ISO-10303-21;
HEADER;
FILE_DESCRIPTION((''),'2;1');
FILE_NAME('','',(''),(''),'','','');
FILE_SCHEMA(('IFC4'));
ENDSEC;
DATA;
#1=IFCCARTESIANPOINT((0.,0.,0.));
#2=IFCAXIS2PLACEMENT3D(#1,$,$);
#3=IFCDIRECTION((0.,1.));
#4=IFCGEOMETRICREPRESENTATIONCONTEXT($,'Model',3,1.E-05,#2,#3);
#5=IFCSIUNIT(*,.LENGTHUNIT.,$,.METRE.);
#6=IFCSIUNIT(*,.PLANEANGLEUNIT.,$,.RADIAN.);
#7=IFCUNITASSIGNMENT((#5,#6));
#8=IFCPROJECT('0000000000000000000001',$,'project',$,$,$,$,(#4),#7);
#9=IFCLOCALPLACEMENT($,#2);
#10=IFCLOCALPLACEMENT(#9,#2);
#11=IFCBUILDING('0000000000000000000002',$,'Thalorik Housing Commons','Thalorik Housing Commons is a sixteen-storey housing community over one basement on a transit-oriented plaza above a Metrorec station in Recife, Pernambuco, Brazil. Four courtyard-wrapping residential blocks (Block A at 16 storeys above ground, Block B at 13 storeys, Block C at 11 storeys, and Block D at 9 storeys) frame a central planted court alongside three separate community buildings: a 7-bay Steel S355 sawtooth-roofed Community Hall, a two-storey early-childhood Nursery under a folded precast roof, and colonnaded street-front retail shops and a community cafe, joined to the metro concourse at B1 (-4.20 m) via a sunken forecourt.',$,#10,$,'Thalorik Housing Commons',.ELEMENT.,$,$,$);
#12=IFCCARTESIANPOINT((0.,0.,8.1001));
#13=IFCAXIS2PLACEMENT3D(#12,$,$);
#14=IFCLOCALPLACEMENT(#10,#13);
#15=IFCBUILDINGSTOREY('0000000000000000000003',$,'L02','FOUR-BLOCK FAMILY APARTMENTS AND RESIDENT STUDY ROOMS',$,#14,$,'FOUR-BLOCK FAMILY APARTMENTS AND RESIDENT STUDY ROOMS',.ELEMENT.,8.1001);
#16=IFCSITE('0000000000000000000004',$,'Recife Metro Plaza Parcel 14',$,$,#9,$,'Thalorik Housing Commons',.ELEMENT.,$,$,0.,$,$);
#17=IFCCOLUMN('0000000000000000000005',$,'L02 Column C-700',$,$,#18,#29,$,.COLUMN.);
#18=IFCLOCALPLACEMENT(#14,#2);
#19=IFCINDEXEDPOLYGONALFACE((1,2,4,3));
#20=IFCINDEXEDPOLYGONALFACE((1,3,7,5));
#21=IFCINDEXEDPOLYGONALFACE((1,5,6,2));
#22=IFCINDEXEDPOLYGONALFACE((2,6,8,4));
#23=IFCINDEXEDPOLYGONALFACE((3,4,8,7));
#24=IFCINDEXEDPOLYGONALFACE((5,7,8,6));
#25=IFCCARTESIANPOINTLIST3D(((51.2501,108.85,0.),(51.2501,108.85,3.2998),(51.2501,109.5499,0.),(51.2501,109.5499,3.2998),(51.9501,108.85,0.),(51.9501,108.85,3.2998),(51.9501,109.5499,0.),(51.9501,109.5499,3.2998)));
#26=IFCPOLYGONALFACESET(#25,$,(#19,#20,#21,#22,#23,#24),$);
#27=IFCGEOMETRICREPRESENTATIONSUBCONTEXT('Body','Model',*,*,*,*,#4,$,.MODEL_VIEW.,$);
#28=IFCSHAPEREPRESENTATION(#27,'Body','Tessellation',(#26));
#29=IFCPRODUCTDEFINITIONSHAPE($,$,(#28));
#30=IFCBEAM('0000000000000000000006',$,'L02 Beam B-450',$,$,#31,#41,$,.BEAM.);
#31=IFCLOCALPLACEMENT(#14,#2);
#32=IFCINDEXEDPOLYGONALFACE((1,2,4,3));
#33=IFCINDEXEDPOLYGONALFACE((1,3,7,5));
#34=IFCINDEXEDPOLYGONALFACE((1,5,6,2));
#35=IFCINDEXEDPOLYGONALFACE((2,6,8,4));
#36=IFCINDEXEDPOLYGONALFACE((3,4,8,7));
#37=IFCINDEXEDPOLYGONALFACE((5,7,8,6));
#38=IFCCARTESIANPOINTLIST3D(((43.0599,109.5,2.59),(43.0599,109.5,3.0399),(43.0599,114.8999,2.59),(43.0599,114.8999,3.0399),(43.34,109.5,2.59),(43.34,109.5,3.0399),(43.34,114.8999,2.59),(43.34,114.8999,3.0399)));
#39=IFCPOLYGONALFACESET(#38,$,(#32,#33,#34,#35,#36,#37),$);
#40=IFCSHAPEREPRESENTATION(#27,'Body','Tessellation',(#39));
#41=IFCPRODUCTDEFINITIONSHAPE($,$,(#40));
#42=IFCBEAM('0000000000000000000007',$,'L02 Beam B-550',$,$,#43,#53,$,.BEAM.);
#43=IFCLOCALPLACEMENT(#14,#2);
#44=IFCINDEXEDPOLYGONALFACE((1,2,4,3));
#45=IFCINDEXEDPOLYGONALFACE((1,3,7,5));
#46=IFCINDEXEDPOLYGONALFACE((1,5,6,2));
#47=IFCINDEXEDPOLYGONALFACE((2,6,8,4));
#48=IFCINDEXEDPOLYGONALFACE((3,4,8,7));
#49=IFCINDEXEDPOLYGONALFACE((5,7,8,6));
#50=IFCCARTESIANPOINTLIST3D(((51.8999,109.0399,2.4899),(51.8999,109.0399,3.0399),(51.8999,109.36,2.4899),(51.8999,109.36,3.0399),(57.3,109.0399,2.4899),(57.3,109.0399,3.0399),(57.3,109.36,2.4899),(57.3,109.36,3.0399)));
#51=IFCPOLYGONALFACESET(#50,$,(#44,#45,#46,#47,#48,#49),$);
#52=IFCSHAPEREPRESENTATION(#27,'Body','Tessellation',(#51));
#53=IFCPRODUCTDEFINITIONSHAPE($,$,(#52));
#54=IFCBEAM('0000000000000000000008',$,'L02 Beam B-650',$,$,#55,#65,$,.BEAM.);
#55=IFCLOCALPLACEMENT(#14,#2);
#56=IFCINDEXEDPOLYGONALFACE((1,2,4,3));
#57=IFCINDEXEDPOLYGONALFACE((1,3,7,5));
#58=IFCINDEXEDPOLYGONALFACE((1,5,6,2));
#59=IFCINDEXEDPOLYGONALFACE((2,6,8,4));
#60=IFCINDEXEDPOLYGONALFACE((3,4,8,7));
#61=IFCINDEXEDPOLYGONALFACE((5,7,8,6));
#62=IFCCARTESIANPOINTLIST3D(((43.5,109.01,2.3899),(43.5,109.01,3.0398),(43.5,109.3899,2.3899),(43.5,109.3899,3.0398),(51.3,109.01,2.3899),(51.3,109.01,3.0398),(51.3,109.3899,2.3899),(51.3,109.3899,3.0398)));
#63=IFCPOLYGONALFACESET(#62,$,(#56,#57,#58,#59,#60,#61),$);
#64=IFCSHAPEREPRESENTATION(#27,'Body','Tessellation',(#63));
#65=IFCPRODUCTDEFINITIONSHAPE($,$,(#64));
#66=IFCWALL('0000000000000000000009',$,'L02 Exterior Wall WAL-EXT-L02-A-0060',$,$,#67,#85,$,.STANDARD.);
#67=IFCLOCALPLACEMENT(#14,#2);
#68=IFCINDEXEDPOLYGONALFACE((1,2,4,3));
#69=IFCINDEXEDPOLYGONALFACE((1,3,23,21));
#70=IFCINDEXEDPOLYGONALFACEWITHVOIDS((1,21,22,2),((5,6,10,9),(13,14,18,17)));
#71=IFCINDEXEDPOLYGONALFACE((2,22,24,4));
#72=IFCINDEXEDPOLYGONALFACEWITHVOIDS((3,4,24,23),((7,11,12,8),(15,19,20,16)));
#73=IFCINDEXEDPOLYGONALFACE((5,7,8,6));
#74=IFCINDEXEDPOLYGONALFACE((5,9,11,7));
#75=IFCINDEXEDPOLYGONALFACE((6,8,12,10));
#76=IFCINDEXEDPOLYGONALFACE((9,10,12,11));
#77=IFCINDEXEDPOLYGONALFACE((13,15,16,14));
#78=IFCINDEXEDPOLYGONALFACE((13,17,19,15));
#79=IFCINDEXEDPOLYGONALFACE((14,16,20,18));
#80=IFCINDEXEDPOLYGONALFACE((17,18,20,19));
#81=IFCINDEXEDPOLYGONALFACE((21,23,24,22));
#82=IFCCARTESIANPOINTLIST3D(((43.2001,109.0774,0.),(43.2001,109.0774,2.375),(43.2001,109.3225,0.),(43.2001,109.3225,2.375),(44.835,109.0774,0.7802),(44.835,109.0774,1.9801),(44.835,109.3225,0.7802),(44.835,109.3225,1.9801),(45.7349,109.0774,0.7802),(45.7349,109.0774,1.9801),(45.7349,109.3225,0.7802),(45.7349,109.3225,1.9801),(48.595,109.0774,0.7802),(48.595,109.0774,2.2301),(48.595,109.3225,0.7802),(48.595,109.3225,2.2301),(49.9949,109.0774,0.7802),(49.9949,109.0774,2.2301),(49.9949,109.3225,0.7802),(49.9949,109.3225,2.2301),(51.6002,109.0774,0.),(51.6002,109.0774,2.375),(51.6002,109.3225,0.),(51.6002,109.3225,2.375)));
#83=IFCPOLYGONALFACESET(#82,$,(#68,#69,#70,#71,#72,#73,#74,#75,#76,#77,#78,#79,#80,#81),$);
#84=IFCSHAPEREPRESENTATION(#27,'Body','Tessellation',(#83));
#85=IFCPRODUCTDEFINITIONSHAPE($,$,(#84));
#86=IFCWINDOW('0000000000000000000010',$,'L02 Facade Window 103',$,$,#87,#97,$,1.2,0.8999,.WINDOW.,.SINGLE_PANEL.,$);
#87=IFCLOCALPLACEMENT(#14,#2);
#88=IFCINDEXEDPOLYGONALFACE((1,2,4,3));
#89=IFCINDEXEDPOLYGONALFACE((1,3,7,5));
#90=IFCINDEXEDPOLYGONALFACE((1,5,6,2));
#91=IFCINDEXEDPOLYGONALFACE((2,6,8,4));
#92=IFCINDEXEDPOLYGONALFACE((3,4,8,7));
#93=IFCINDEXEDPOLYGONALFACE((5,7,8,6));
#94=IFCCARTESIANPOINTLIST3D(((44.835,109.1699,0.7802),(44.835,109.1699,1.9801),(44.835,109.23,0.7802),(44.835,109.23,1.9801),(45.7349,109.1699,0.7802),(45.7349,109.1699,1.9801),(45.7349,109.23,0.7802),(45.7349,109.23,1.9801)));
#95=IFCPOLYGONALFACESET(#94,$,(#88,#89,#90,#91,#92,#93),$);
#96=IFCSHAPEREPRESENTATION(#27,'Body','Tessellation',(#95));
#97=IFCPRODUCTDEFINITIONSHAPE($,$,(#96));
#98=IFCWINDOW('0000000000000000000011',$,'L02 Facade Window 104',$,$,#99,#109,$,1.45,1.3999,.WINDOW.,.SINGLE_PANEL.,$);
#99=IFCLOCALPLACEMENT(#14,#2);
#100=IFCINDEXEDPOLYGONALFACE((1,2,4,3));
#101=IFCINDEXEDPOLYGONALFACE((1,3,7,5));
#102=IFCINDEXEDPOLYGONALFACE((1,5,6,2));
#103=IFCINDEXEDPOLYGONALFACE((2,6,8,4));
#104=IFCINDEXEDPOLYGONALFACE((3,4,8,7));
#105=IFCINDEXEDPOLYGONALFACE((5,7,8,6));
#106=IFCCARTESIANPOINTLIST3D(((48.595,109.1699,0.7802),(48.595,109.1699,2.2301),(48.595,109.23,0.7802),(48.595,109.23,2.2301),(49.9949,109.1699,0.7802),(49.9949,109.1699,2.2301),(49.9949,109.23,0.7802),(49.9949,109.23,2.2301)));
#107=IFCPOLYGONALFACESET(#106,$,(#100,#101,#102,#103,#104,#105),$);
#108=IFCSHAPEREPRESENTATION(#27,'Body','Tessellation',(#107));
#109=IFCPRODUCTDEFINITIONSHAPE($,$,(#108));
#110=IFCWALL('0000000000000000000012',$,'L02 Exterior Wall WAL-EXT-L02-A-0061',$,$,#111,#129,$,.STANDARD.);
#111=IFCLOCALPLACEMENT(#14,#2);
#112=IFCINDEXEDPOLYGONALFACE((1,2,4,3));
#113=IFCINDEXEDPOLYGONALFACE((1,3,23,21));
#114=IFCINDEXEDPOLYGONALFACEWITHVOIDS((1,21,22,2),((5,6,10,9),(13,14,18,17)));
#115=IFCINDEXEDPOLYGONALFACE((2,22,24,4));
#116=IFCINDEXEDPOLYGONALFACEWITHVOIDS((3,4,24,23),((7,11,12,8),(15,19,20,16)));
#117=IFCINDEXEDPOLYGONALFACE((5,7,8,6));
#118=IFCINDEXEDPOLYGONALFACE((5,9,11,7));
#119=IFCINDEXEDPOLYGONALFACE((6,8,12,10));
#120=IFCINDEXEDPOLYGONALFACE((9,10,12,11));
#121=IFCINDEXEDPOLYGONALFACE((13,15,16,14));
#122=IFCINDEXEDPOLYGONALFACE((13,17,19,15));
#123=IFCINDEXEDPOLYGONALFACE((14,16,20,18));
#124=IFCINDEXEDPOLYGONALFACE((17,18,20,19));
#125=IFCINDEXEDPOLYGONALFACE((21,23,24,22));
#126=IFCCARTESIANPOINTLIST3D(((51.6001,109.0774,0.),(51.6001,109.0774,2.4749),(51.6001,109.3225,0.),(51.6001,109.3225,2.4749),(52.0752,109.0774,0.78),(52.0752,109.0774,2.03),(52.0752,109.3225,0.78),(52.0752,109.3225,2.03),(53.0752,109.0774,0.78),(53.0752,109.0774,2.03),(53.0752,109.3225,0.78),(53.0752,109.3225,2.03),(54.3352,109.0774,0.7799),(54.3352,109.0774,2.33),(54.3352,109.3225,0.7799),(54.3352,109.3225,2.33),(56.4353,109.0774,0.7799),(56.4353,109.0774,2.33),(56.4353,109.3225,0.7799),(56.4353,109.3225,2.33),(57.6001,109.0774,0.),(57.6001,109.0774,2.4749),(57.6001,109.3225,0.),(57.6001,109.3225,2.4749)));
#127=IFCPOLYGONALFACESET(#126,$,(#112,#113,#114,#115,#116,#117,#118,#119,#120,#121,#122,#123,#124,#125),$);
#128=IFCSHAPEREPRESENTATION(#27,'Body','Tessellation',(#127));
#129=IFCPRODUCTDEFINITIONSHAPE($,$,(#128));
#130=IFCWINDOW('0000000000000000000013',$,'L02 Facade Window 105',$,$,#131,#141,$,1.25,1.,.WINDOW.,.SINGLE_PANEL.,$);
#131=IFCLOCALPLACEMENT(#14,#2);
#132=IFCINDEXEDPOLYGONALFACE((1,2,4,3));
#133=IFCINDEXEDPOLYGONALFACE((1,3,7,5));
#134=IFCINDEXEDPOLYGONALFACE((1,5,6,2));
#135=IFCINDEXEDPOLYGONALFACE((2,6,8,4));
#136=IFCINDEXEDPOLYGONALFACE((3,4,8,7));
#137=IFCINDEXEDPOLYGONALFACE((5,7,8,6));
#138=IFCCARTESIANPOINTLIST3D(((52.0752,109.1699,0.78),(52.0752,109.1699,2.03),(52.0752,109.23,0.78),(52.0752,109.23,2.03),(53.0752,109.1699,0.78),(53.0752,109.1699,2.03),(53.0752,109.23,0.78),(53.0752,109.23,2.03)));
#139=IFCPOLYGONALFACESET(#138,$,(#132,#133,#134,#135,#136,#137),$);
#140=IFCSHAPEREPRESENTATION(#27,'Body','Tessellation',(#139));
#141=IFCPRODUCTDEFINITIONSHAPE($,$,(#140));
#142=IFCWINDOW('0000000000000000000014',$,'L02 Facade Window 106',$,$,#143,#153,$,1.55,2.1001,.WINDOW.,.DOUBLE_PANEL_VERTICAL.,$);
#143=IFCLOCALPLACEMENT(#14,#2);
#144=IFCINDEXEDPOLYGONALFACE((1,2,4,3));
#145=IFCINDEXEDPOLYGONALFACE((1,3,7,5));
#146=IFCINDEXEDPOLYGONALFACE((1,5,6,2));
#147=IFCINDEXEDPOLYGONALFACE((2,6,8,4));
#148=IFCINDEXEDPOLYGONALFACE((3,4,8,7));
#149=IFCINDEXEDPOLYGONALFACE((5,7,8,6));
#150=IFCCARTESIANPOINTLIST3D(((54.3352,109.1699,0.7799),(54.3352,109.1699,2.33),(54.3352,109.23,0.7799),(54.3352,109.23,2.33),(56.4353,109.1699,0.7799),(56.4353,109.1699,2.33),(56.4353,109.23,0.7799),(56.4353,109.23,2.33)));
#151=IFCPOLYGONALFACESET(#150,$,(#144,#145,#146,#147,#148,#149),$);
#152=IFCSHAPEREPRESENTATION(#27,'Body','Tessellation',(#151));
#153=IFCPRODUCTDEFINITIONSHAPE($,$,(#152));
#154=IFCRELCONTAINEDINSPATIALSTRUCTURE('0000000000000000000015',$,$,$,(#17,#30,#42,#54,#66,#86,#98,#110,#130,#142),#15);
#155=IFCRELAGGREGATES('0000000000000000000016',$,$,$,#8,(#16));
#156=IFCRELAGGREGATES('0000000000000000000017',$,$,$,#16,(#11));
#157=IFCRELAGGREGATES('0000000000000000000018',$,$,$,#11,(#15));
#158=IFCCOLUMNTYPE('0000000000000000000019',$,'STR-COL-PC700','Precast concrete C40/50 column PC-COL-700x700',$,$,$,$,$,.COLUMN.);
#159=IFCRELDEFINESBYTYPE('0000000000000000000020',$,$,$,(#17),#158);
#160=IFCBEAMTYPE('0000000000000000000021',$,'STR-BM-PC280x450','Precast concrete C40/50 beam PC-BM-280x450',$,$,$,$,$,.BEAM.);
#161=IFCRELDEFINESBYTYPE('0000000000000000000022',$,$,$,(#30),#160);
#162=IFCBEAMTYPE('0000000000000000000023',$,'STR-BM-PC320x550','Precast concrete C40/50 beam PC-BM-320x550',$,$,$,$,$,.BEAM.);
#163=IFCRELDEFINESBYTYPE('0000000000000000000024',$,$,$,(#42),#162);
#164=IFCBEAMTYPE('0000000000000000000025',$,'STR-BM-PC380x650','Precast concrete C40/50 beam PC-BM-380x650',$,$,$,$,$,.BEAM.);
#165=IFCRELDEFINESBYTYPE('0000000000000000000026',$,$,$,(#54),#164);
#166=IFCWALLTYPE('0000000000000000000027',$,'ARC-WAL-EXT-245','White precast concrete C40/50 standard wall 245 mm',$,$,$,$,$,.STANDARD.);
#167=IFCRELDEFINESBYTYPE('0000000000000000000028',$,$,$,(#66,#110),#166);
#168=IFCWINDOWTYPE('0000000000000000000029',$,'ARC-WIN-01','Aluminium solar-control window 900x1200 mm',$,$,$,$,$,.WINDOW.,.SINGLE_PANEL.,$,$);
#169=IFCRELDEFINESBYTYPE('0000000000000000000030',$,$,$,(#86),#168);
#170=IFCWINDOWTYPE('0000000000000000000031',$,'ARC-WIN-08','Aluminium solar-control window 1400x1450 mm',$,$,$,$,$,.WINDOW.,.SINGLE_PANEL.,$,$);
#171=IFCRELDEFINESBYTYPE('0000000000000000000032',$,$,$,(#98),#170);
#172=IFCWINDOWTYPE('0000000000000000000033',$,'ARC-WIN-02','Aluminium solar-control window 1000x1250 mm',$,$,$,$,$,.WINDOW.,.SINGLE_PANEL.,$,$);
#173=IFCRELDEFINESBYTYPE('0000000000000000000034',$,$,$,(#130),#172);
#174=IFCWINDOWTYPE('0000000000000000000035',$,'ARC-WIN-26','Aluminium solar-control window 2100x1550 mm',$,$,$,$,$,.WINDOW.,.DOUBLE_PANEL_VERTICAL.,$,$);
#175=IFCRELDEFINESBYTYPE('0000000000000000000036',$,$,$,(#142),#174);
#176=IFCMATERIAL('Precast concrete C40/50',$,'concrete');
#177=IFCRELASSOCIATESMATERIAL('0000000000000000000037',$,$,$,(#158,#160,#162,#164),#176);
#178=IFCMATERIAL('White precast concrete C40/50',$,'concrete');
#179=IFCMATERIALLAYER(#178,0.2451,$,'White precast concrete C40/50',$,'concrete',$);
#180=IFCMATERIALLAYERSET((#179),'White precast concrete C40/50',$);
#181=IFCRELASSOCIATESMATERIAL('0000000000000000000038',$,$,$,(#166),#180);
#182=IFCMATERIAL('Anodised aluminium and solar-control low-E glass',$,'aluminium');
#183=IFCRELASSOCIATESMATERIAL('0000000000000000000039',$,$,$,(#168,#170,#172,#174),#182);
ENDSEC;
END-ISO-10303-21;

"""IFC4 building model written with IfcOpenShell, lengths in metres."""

from ifc_helpers import new_model, si_unit, direction, frame, frame_2d, origin, origin_2d, place, context, subcontext, project, spatial, rectangle, extrude, material, layer, layer_set, material_profile, profile_set, type_object, element, fill, save


model = new_model("IFC4")

# Units and contexts
model_context = context("Model", 3, precision=1e-05, world=origin(), true_north=direction((0.0, 1.0)))
body_context = subcontext(model_context, "Body", "Model", "MODEL_VIEW")
ifc_project = project(units=[si_unit("LENGTHUNIT", "METRE"), si_unit("PLANEANGLEUNIT", "RADIAN")], contexts=[model_context])

# Site, building, storey
site_placement = place(None, origin())
site = spatial("IfcSite", under=ifc_project, at=site_placement, Name="Recife Metro Plaza Parcel 14", LongName="Thalorik Housing Commons", CompositionType="ELEMENT", RefElevation=0.0)
building_placement = place(site_placement, origin())
building = spatial("IfcBuilding", under=site, at=building_placement, Name="Thalorik Housing Commons", Description="Thalorik Housing Commons is a sixteen-storey housing community over one basement on a transit-oriented plaza above a Metrorec station in Recife, Pernambuco, Brazil. Four courtyard-wrapping residential blocks (Block A at 16 storeys above ground, Block B at 13 storeys, Block C at 11 storeys, and Block D at 9 storeys) frame a central planted court alongside three separate community buildings: a 7-bay Steel S355 sawtooth-roofed Community Hall, a two-storey early-childhood Nursery under a folded precast roof, and colonnaded street-front retail shops and a community cafe, joined to the metro concourse at B1 (-4.20 m) via a sunken forecourt.", LongName="Thalorik Housing Commons", CompositionType="ELEMENT")
storey_placement = place(building_placement, frame((0.0, 0.0, 8.1001)))
storey = spatial("IfcBuildingStorey", under=building, at=storey_placement, Name="L02", Description="FOUR-BLOCK FAMILY APARTMENTS AND RESIDENT STUDY ROOMS", LongName="FOUR-BLOCK FAMILY APARTMENTS AND RESIDENT STUDY ROOMS", CompositionType="ELEMENT", Elevation=8.1001)

# Column
ifc_material_1 = material(Name="Precast concrete C40/50", Category="concrete")
ifc_material_profile_1 = material_profile(ifc_material_1, rectangle(XDim=0.7, YDim=0.7, at=origin_2d()), Name="PC 700x700", Category="concrete")
ifc_profile_set_1 = profile_set([ifc_material_profile_1], Name="Precast concrete C40/50")
column_type = type_object("IfcColumnType", Name="STR-COL-PC700", Description="Precast concrete C40/50 column PC-COL-700x700", PredefinedType="COLUMN", material=ifc_profile_set_1)
column_placement = place(storey_placement, frame((51.6001, 109.2, 0.0), z_axis=(0.0, 0.0, 1.0), x_axis=(1.0, 0.0, 0.0)))
element("IfcColumn", 1, at=column_placement, inside=storey, type_object=column_type, Name="L02 Column C-700", PredefinedType="COLUMN", context=body_context, shape_type="SweptSolid", body=[
    extrude(rectangle(XDim=0.7, YDim=0.7, at=origin_2d()), origin(), (0.0, 0.0, 1.0), 3.2998),
])

# Beams
ifc_material_profile_2 = material_profile(ifc_material_1, rectangle(XDim=0.28, YDim=0.45, at=origin_2d()), Name="PC 280x450", Category="concrete")
ifc_profile_set_2 = profile_set([ifc_material_profile_2], Name="Precast concrete C40/50")
beam_type_1 = type_object("IfcBeamType", Name="STR-BM-PC280x450", Description="Precast concrete C40/50 beam PC-BM-280x450", PredefinedType="BEAM", material=ifc_profile_set_2)
beam_1_placement = place(storey_placement, frame((43.2, 109.5, 2.8149), z_axis=(0.0, 1.0, 0.0), x_axis=(-1.0, 0.0, 0.0)))
element("IfcBeam", 2, at=beam_1_placement, inside=storey, type_object=beam_type_1, Name="L02 Beam B-450", PredefinedType="BEAM", context=body_context, shape_type="SweptSolid", body=[
    extrude(rectangle(XDim=0.28, YDim=0.45, at=origin_2d()), origin(), (0.0, 0.0, 1.0), 5.3999),
])
ifc_material_profile_3 = material_profile(ifc_material_1, rectangle(XDim=0.3201, YDim=0.55, at=origin_2d()), Name="PC 320x550", Category="concrete")
ifc_profile_set_3 = profile_set([ifc_material_profile_3], Name="Precast concrete C40/50")
beam_type_2 = type_object("IfcBeamType", Name="STR-BM-PC320x550", Description="Precast concrete C40/50 beam PC-BM-320x550", PredefinedType="BEAM", material=ifc_profile_set_3)
beam_2_placement = place(storey_placement, frame((51.8999, 109.2, 2.7649), z_axis=(1.0, 0.0, 0.0), x_axis=(0.0, 1.0, 0.0)))
element("IfcBeam", 3, at=beam_2_placement, inside=storey, type_object=beam_type_2, Name="L02 Beam B-550", PredefinedType="BEAM", context=body_context, shape_type="SweptSolid", body=[
    extrude(rectangle(XDim=0.3201, YDim=0.55, at=origin_2d()), origin(), (0.0, 0.0, 1.0), 5.4001),
])
ifc_material_profile_4 = material_profile(ifc_material_1, rectangle(XDim=0.3799, YDim=0.6499, at=origin_2d()), Name="PC 380x650", Category="concrete")
ifc_profile_set_4 = profile_set([ifc_material_profile_4], Name="Precast concrete C40/50")
beam_type_3 = type_object("IfcBeamType", Name="STR-BM-PC380x650", Description="Precast concrete C40/50 beam PC-BM-380x650", PredefinedType="BEAM", material=ifc_profile_set_4)
beam_3_placement = place(storey_placement, frame((43.5, 109.2, 2.7148), z_axis=(1.0, 0.0, 0.0), x_axis=(0.0, 1.0, 0.0)))
element("IfcBeam", 4, at=beam_3_placement, inside=storey, type_object=beam_type_3, Name="L02 Beam B-650", PredefinedType="BEAM", context=body_context, shape_type="SweptSolid", body=[
    extrude(rectangle(XDim=0.3799, YDim=0.6499, at=origin_2d()), origin(), (0.0, 0.0, 1.0), 7.8),
])

# Walls, openings, windows
ifc_material_2 = material(Name="White precast concrete C40/50", Category="concrete")
ifc_layer_1 = layer(ifc_material_2, 0.2451, Name="White precast concrete C40/50", Category="concrete")
ifc_layer_set_1 = layer_set([ifc_layer_1], Name="White precast concrete C40/50")
wall_type_1 = type_object("IfcWallType", Name="ARC-WAL-EXT-245", Description="White precast concrete C40/50 standard wall 245 mm", PredefinedType="STANDARD", material=ifc_layer_set_1)
wall_1_placement = place(storey_placement, frame((43.2, 109.2, 0.0), z_axis=(0.0, 0.0, 1.0), x_axis=(1.0, 0.0, 0.0)))
wall_1 = element("IfcWall", 5, at=wall_1_placement, inside=storey, type_object=wall_type_1, Name="L02 Exterior Wall WAL-EXT-L02-A-0060", PredefinedType="STANDARD", context=body_context, shape_type="SweptSolid", body=[
    extrude(rectangle(XDim=8.4001, YDim=0.2451, at=frame_2d((4.2002, 0.0))), origin(), (0.0, 0.0, 1.0), 2.375),
])
opening_1_placement = place(wall_1_placement, frame((1.635, 0.0, 0.78)))
opening_1 = element("IfcOpeningElement", 6, at=opening_1_placement, cuts=wall_1, PredefinedType="OPENING", context=body_context, shape_type="SweptSolid", body=[
    extrude(rectangle(XDim=0.8999, YDim=1.2, at=frame_2d((0.45, 0.6001))), frame((0.0, 0.1326, 0.0), z_axis=(0.0, -1.0, 0.0), x_axis=(1.0, 0.0, 0.0)), (0.0, 0.0, 1.0), 0.2651),
])
opening_2_placement = place(wall_1_placement, frame((5.395, 0.0, 0.78)))
opening_2 = element("IfcOpeningElement", 7, at=opening_2_placement, cuts=wall_1, PredefinedType="OPENING", context=body_context, shape_type="SweptSolid", body=[
    extrude(rectangle(XDim=1.3999, YDim=1.45, at=frame_2d((0.7, 0.7251))), frame((0.0, 0.1326, 0.0), z_axis=(0.0, -1.0, 0.0), x_axis=(1.0, 0.0, 0.0)), (0.0, 0.0, 1.0), 0.2651),
])
ifc_material_3 = material(Name="Anodised aluminium and solar-control low-E glass", Category="aluminium")
window_type_1 = type_object("IfcWindowType", Name="ARC-WIN-01", Description="Aluminium solar-control window 900x1200 mm", PartitioningType="SINGLE_PANEL", PredefinedType="WINDOW", material=ifc_material_3)
window_1_placement = place(opening_1_placement, origin())
window_1 = element("IfcWindow", 8, at=window_1_placement, inside=storey, type_object=window_type_1, Name="L02 Facade Window 103", OverallHeight=1.2, OverallWidth=0.8999, PartitioningType="SINGLE_PANEL", PredefinedType="WINDOW", context=body_context, shape_type="SweptSolid", body=[
    extrude(rectangle(XDim=0.8999, YDim=1.2, at=frame_2d((0.45, 0.6001))), frame((0.0, 0.03, 0.0), z_axis=(0.0, -1.0, 0.0), x_axis=(1.0, 0.0, 0.0)), (0.0, 0.0, 1.0), 0.0601),
])
fill(opening_1, window_1)
window_type_2 = type_object("IfcWindowType", Name="ARC-WIN-08", Description="Aluminium solar-control window 1400x1450 mm", PartitioningType="SINGLE_PANEL", PredefinedType="WINDOW", material=ifc_material_3)
window_2_placement = place(opening_2_placement, origin())
window_2 = element("IfcWindow", 9, at=window_2_placement, inside=storey, type_object=window_type_2, Name="L02 Facade Window 104", OverallHeight=1.45, OverallWidth=1.3999, PartitioningType="SINGLE_PANEL", PredefinedType="WINDOW", context=body_context, shape_type="SweptSolid", body=[
    extrude(rectangle(XDim=1.3999, YDim=1.45, at=frame_2d((0.7, 0.7251))), frame((0.0, 0.03, 0.0), z_axis=(0.0, -1.0, 0.0), x_axis=(1.0, 0.0, 0.0)), (0.0, 0.0, 1.0), 0.0601),
])
fill(opening_2, window_2)
wall_2_placement = place(storey_placement, frame((51.6001, 109.2, 0.0), z_axis=(0.0, 0.0, 1.0), x_axis=(1.0, 0.0, 0.0)))
wall_2 = element("IfcWall", 10, at=wall_2_placement, inside=storey, type_object=wall_type_1, Name="L02 Exterior Wall WAL-EXT-L02-A-0061", PredefinedType="STANDARD", context=body_context, shape_type="SweptSolid", body=[
    extrude(rectangle(XDim=6.0, YDim=0.2451, at=frame_2d((3.0, 0.0))), origin(), (0.0, 0.0, 1.0), 2.4749),
])
opening_3_placement = place(wall_2_placement, frame((0.4751, 0.0, 0.78)))
opening_3 = element("IfcOpeningElement", 11, at=opening_3_placement, cuts=wall_2, PredefinedType="OPENING", context=body_context, shape_type="SweptSolid", body=[
    extrude(rectangle(XDim=1.0, YDim=1.25, at=frame_2d((0.5, 0.625))), frame((0.0, 0.1326, 0.0), z_axis=(0.0, -1.0, 0.0), x_axis=(1.0, 0.0, 0.0)), (0.0, 0.0, 1.0), 0.2651),
])
opening_4_placement = place(wall_2_placement, frame((2.7351, 0.0, 0.78)))
opening_4 = element("IfcOpeningElement", 12, at=opening_4_placement, cuts=wall_2, PredefinedType="OPENING", context=body_context, shape_type="SweptSolid", body=[
    extrude(rectangle(XDim=2.1001, YDim=1.55, at=frame_2d((1.05, 0.7749))), frame((0.0, 0.1326, 0.0), z_axis=(0.0, -1.0, 0.0), x_axis=(1.0, 0.0, 0.0)), (0.0, 0.0, 1.0), 0.2651),
])
window_type_3 = type_object("IfcWindowType", Name="ARC-WIN-02", Description="Aluminium solar-control window 1000x1250 mm", PartitioningType="SINGLE_PANEL", PredefinedType="WINDOW", material=ifc_material_3)
window_3_placement = place(opening_3_placement, origin())
window_3 = element("IfcWindow", 13, at=window_3_placement, inside=storey, type_object=window_type_3, Name="L02 Facade Window 105", OverallHeight=1.25, OverallWidth=1.0, PartitioningType="SINGLE_PANEL", PredefinedType="WINDOW", context=body_context, shape_type="SweptSolid", body=[
    extrude(rectangle(XDim=1.0, YDim=1.25, at=frame_2d((0.5, 0.625))), frame((0.0, 0.03, 0.0), z_axis=(0.0, -1.0, 0.0), x_axis=(1.0, 0.0, 0.0)), (0.0, 0.0, 1.0), 0.0601),
])
fill(opening_3, window_3)
window_type_4 = type_object("IfcWindowType", Name="ARC-WIN-26", Description="Aluminium solar-control window 2100x1550 mm", PartitioningType="DOUBLE_PANEL_VERTICAL", PredefinedType="WINDOW", material=ifc_material_3)
window_4_placement = place(opening_4_placement, origin())
window_4 = element("IfcWindow", 14, at=window_4_placement, inside=storey, type_object=window_type_4, Name="L02 Facade Window 106", OverallHeight=1.55, OverallWidth=2.1001, PartitioningType="DOUBLE_PANEL_VERTICAL", PredefinedType="WINDOW", context=body_context, shape_type="SweptSolid", body=[
    extrude(rectangle(XDim=2.1001, YDim=1.55, at=frame_2d((1.05, 0.7749))), frame((0.0, 0.03, 0.0), z_axis=(0.0, -1.0, 0.0), x_axis=(1.0, 0.0, 0.0)), (0.0, 0.0, 1.0), 0.0601),
])
fill(opening_4, window_4)

save(model, "model.ifc")
